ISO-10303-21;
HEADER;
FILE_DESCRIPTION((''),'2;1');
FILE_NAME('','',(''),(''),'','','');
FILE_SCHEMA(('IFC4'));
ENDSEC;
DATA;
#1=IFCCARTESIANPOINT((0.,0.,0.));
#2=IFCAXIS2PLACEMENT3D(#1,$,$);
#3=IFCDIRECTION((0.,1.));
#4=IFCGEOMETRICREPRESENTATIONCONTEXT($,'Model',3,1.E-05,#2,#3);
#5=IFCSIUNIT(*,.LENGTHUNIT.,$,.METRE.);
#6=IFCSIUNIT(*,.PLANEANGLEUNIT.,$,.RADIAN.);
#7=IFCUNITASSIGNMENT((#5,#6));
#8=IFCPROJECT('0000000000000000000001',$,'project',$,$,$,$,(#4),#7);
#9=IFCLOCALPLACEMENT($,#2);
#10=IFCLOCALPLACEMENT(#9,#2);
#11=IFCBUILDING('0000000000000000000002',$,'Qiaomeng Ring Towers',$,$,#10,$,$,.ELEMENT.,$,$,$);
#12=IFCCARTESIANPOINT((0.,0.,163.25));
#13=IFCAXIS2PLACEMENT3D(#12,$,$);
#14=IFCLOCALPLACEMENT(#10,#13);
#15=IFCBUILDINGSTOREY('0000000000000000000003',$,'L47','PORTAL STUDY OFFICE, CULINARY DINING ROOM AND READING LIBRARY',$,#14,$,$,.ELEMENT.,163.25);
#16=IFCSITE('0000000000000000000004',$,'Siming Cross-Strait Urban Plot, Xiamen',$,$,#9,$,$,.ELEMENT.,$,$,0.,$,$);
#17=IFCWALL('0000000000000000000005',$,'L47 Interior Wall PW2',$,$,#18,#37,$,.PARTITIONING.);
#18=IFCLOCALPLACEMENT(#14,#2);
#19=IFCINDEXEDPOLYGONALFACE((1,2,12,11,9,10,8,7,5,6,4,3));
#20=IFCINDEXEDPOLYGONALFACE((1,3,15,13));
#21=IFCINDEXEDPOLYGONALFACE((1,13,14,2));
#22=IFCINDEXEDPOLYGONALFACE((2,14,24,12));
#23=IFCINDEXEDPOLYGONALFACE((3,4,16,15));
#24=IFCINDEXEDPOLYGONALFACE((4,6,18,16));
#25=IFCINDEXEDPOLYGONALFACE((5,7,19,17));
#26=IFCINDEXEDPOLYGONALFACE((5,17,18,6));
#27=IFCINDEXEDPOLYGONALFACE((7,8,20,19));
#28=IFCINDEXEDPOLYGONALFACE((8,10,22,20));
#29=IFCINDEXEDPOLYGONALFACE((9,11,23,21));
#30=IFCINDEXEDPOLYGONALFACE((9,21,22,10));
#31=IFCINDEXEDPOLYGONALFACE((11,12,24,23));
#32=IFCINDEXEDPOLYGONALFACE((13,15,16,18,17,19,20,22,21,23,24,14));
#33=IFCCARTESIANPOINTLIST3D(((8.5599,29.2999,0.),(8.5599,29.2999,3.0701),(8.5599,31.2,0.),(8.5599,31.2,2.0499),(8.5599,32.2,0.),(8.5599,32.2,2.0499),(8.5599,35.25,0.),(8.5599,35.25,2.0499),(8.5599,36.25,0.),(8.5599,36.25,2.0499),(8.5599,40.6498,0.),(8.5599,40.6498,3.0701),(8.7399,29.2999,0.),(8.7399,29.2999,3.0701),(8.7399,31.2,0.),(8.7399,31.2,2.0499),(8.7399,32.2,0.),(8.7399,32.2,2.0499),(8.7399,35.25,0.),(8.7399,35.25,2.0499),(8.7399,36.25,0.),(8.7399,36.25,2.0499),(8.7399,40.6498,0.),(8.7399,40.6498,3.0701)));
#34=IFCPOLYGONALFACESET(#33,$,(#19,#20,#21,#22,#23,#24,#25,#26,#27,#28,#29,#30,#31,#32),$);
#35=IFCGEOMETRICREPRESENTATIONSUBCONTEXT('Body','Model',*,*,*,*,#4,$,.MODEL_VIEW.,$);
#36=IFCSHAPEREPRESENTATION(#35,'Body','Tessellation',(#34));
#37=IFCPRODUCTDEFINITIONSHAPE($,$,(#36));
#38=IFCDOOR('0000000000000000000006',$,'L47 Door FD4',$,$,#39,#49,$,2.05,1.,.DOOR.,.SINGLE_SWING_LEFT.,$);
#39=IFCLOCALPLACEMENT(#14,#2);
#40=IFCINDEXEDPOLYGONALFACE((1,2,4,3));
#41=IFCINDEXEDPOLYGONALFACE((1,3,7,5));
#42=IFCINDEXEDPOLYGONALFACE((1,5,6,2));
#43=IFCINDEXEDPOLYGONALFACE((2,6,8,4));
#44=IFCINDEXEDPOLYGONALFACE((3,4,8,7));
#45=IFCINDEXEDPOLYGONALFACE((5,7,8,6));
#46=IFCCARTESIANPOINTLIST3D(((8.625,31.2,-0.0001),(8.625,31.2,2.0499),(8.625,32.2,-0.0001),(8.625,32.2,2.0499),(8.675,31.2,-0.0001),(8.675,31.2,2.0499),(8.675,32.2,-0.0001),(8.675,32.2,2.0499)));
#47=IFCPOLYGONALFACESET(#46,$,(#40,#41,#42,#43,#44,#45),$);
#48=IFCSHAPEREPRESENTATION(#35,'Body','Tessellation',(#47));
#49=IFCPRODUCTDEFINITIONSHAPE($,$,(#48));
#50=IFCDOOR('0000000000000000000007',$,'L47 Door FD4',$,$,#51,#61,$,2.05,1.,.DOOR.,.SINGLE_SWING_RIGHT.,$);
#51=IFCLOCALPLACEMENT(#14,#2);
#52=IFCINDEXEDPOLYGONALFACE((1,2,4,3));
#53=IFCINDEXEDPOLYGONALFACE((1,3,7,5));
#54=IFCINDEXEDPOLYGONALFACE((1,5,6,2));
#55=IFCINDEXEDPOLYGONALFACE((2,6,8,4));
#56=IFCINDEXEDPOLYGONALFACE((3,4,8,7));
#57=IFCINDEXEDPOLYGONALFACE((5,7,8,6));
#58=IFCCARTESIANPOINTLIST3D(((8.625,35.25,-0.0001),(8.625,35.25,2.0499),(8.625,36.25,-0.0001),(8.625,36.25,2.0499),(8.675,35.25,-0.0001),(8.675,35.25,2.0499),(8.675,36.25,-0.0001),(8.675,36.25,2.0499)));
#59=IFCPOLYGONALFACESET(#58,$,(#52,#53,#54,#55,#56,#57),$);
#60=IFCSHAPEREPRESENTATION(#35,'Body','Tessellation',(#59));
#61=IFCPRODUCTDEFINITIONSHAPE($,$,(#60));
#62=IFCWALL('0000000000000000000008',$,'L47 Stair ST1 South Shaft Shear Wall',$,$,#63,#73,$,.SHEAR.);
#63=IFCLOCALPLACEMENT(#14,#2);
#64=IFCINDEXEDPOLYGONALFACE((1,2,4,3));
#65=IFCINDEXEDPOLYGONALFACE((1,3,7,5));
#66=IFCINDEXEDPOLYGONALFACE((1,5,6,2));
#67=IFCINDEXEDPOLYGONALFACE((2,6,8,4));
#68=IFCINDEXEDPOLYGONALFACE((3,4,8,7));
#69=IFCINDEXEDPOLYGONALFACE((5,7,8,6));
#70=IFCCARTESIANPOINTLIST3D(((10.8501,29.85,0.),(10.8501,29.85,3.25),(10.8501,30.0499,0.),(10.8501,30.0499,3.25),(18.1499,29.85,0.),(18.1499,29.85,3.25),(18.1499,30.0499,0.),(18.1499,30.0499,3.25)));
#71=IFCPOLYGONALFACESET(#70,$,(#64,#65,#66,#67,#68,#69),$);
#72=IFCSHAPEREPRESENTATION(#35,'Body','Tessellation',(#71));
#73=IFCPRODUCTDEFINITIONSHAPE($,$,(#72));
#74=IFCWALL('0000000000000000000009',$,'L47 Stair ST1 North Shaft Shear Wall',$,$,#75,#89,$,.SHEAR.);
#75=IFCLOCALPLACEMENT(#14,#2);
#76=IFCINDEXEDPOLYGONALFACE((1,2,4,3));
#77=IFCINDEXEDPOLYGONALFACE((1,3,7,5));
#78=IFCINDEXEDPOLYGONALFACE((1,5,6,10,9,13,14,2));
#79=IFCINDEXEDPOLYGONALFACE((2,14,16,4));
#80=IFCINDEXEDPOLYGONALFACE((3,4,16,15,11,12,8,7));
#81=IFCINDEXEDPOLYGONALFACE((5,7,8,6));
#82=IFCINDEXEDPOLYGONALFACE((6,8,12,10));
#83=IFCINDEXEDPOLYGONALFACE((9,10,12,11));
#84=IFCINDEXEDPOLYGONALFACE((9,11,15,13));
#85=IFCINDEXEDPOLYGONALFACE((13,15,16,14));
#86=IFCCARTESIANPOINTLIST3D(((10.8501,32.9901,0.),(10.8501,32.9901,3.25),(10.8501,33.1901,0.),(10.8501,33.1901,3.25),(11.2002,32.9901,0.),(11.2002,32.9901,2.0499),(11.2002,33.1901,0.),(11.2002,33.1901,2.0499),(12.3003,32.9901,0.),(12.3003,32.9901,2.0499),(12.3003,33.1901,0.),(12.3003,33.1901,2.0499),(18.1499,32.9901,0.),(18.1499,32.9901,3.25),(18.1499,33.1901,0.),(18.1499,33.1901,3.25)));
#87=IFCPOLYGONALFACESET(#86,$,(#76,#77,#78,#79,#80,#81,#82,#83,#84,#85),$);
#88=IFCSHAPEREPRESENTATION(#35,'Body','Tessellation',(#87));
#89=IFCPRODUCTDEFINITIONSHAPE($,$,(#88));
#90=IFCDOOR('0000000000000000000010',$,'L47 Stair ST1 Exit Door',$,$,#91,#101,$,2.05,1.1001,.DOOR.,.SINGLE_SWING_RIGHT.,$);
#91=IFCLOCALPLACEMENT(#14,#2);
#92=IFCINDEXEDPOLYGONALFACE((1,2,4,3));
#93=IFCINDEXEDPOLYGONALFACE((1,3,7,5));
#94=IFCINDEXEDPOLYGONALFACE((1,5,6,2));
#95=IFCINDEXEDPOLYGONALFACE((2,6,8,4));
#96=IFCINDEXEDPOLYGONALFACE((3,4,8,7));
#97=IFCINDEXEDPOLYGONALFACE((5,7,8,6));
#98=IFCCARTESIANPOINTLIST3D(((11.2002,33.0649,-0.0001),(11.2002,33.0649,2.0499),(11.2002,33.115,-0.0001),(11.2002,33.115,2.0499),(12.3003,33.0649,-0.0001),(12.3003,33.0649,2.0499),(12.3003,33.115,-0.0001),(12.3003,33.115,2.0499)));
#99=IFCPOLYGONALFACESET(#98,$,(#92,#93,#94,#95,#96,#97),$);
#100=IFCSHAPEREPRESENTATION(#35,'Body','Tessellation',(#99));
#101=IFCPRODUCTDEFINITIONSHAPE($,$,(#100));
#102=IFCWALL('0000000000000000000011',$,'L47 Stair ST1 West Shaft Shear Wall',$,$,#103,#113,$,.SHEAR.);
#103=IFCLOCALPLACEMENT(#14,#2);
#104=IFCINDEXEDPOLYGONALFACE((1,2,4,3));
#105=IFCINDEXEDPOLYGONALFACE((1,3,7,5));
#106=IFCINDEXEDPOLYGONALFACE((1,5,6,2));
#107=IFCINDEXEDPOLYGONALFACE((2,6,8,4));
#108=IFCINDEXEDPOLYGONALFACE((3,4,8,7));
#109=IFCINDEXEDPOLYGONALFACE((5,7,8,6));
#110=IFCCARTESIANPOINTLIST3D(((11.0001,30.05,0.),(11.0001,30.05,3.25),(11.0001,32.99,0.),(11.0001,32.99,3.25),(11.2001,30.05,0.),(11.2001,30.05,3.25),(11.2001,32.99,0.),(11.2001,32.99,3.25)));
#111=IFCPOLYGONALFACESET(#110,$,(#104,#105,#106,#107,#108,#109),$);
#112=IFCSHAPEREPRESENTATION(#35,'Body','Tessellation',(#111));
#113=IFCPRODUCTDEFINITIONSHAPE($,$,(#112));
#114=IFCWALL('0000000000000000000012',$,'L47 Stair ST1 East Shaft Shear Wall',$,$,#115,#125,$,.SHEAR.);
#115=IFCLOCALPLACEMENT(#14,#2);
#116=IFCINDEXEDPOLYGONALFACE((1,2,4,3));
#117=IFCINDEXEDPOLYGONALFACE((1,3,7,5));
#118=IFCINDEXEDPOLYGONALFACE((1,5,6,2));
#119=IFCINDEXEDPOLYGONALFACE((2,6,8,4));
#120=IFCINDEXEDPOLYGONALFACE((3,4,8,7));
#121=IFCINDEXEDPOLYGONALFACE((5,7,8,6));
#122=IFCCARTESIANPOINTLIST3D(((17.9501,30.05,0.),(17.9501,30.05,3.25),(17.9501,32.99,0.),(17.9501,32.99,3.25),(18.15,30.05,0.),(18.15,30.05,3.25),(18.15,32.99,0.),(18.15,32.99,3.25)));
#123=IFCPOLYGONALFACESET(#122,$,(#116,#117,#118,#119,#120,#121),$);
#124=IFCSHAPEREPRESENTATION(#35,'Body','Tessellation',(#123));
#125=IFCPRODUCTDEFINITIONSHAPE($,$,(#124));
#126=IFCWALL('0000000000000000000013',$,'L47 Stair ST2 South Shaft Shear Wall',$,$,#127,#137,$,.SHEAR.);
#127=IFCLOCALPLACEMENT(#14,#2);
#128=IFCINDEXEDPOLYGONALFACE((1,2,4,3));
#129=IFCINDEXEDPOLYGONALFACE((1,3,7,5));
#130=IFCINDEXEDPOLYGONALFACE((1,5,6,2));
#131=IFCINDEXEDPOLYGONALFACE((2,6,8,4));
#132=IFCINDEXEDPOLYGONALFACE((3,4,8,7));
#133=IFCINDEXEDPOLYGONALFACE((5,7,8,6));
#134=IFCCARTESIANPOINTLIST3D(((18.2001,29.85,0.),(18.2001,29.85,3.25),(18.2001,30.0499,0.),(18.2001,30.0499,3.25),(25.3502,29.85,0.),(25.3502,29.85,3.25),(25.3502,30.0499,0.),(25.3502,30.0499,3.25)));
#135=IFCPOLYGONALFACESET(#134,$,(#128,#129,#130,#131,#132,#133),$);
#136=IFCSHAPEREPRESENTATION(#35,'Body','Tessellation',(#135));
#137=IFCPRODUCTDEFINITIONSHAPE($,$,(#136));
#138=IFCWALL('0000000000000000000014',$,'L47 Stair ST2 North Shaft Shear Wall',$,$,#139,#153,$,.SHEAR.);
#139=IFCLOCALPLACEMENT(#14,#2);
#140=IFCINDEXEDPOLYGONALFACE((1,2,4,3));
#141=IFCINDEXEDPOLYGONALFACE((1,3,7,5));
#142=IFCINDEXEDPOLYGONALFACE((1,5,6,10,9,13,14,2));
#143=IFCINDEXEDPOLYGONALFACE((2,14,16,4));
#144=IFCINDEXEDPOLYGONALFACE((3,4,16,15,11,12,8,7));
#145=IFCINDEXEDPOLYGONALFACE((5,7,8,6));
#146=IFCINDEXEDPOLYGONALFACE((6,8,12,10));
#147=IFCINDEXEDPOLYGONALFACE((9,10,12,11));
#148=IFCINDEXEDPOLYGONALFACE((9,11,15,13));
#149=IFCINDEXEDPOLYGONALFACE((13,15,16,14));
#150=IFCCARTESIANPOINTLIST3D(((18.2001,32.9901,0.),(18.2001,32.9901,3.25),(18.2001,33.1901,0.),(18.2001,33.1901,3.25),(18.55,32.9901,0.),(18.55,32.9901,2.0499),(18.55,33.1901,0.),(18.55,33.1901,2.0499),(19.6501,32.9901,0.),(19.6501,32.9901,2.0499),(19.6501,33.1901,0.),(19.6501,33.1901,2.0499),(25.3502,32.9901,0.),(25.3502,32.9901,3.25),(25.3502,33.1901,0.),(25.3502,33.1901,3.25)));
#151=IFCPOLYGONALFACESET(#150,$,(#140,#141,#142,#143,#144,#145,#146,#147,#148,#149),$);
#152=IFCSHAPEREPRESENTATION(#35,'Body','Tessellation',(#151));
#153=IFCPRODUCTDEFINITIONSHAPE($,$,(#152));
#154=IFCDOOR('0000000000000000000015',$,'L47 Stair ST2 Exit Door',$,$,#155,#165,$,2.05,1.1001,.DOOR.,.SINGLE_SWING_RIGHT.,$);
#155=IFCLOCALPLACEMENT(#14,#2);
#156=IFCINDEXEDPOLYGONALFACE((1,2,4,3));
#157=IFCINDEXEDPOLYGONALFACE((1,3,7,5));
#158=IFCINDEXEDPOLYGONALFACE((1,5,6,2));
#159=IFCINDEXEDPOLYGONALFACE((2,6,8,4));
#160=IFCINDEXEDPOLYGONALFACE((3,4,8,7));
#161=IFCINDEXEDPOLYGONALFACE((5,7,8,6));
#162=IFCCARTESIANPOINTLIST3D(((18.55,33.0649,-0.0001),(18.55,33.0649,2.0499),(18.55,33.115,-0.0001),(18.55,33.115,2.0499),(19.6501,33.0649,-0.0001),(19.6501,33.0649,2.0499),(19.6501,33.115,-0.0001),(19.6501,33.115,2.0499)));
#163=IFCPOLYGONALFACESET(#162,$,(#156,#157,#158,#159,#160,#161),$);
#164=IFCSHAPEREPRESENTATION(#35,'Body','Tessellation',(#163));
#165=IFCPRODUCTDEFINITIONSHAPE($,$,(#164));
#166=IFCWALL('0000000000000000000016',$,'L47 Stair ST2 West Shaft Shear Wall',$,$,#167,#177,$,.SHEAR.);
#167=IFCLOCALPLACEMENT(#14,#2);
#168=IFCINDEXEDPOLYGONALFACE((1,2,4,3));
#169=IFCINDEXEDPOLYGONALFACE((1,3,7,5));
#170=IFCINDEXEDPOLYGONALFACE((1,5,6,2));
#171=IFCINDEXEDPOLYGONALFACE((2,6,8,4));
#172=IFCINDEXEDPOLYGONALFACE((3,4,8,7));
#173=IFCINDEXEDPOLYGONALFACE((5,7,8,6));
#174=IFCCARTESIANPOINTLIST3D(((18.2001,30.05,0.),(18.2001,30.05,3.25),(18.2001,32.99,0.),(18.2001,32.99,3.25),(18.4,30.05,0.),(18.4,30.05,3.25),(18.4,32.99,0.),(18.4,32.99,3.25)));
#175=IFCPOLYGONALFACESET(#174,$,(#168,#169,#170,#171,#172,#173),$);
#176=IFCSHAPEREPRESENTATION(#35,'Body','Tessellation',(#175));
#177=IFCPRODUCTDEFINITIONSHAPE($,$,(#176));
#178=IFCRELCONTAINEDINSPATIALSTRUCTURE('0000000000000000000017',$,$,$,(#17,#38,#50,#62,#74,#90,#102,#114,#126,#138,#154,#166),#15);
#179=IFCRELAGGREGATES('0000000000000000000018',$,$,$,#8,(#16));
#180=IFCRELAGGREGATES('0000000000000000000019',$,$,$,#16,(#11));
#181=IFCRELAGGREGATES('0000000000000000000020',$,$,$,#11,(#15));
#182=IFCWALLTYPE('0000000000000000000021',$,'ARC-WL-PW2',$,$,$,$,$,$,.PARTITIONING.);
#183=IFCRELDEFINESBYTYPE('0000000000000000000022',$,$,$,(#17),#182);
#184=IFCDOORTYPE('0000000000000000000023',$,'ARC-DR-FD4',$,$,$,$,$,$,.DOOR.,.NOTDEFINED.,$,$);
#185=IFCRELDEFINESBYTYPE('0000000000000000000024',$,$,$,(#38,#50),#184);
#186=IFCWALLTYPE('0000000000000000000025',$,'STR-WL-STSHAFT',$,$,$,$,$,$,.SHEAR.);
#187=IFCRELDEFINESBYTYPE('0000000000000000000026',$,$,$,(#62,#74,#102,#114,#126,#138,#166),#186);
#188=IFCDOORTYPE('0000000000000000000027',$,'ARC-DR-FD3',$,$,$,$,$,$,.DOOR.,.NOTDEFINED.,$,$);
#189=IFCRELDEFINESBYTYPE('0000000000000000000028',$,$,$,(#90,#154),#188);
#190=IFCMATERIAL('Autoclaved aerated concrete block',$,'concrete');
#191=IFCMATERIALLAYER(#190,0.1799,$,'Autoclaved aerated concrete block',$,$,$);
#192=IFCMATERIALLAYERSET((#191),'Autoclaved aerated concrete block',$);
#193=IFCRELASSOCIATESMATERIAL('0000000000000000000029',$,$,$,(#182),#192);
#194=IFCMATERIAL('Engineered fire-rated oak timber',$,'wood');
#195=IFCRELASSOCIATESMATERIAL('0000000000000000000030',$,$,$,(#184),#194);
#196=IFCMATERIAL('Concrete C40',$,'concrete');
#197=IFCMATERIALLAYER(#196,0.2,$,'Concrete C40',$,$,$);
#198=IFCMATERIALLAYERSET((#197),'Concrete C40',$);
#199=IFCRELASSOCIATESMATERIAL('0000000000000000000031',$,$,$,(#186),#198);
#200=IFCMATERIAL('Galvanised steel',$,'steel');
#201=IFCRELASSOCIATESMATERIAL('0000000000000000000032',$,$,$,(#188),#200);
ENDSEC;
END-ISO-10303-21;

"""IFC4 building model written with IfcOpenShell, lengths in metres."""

from ifc_helpers import new_model, si_unit, direction, frame, frame_2d, origin, place, context, subcontext, project, spatial, rectangle, extrude, source, transform, mapped, material, layer, layer_set, type_object, element, fill, save


model = new_model("IFC4")

# Units and contexts
model_context = context("Model", 3, precision=1e-05, world=origin(), true_north=direction((0.0, 1.0)))
body_context = subcontext(model_context, "Body", "Model", "MODEL_VIEW")
ifc_project = project(units=[si_unit("LENGTHUNIT", "METRE"), si_unit("PLANEANGLEUNIT", "RADIAN")], contexts=[model_context])

# Site, building, storey
site_placement = place(None, origin())
site = spatial("IfcSite", under=ifc_project, at=site_placement, Name="Siming Cross-Strait Urban Plot, Xiamen", CompositionType="ELEMENT", RefElevation=0.0)
building_placement = place(site_placement, origin())
building = spatial("IfcBuilding", under=site, at=building_placement, Name="Qiaomeng Ring Towers", CompositionType="ELEMENT")
storey_placement = place(building_placement, frame((0.0, 0.0, 163.25)))
storey = spatial("IfcBuildingStorey", under=building, at=storey_placement, Name="L47", Description="PORTAL STUDY OFFICE, CULINARY DINING ROOM AND READING LIBRARY", CompositionType="ELEMENT", Elevation=163.25)

# Shared definitions
ifc_material_1 = material(Name="Autoclaved aerated concrete block", Category="concrete")

# Wall, openings, doors
ifc_layer_1 = layer(ifc_material_1, 0.1799, Name="Autoclaved aerated concrete block")
ifc_layer_set_1 = layer_set([ifc_layer_1], Name="Autoclaved aerated concrete block")
wall_type_1 = type_object("IfcWallType", Name="ARC-WL-PW2", PredefinedType="PARTITIONING", material=ifc_layer_set_1)
wall_1_placement = place(storey_placement, frame((8.6499, 29.3, 0.0), z_axis=(0.0, 0.0, 1.0), x_axis=(0.0, 1.0, 0.0)))
wall_1 = element("IfcWall", 1, at=wall_1_placement, inside=storey, type_object=wall_type_1, Name="L47 Interior Wall PW2", PredefinedType="PARTITIONING", context=body_context, shape_type="SweptSolid", body=[
    extrude(rectangle(XDim=11.3499, YDim=0.1799, at=frame_2d((5.6748, 0.0))), origin(), (0.0, 0.0, 1.0), 3.0701),
])
opening_1_placement = place(wall_1_placement, frame((1.8999, 0.0, 0.0)))
opening_1 = element("IfcOpeningElement", 2, at=opening_1_placement, cuts=wall_1, PredefinedType="OPENING", context=body_context, shape_type="SweptSolid", body=[
    extrude(rectangle(XDim=1.0, YDim=2.05, at=frame_2d((0.5, 1.0249))), frame((0.0, 0.0999, 0.0), z_axis=(0.0, -1.0, 0.0), x_axis=(1.0, 0.0, 0.0)), (0.0, 0.0, 1.0), 0.2),
])
opening_2_placement = place(wall_1_placement, frame((5.95, 0.0, 0.0)))
opening_2 = element("IfcOpeningElement", 3, at=opening_2_placement, cuts=wall_1, PredefinedType="OPENING", context=body_context, shape_type="SweptSolid", body=[
    extrude(rectangle(XDim=1.0, YDim=2.05, at=frame_2d((0.5, 1.0249))), frame((0.0, 0.0999, 0.0), z_axis=(0.0, -1.0, 0.0), x_axis=(1.0, 0.0, 0.0)), (0.0, 0.0, 1.0), 0.2),
])
ifc_material_2 = material(Name="Engineered fire-rated oak timber", Category="wood")
door_type_1 = type_object("IfcDoorType", Name="ARC-DR-FD4", OperationType="NOTDEFINED", PredefinedType="DOOR", material=ifc_material_2)
shared_shape_1 = source(origin(), body_context, "Body", "SweptSolid", [
    extrude(rectangle(XDim=1.0, YDim=2.05, at=frame_2d((0.5, 1.0249))), frame((0.0, 0.0249, 0.0), z_axis=(0.0, -1.0, 0.0), x_axis=(1.0, 0.0, 0.0)), (0.0, 0.0, 1.0), 0.05),
])
door_1_placement = place(opening_1_placement, origin())
door_1 = element("IfcDoor", 4, at=door_1_placement, inside=storey, type_object=door_type_1, Name="L47 Door FD4", OperationType="SINGLE_SWING_LEFT", OverallHeight=2.05, OverallWidth=1.0, PredefinedType="DOOR", context=body_context, shape_type="MappedRepresentation", body=[
    mapped(shared_shape_1, transform((0.0, 0.0, 0.0), x_axis=(1.0, 0.0, 0.0), y_axis=(0.0, 1.0, 0.0), z_axis=(0.0, 0.0, 1.0), scale=1.0)),
])
fill(opening_1, door_1)
door_2_placement = place(opening_2_placement, origin())
door_2 = element("IfcDoor", 5, at=door_2_placement, inside=storey, type_object=door_type_1, Name="L47 Door FD4", OperationType="SINGLE_SWING_RIGHT", OverallHeight=2.05, OverallWidth=1.0, PredefinedType="DOOR", context=body_context, shape_type="MappedRepresentation", body=[
    mapped(shared_shape_1, transform((0.0, 0.0, 0.0), x_axis=(1.0, 0.0, 0.0), y_axis=(0.0, 1.0, 0.0), z_axis=(0.0, 0.0, 1.0), scale=1.0)),
])
fill(opening_2, door_2)

# Wall
ifc_material_3 = material(Name="Concrete C40", Category="concrete")
ifc_layer_2 = layer(ifc_material_3, 0.2, Name="Concrete C40")
ifc_layer_set_2 = layer_set([ifc_layer_2], Name="Concrete C40")
wall_type_2 = type_object("IfcWallType", Name="STR-WL-STSHAFT", PredefinedType="SHEAR", material=ifc_layer_set_2)
wall_2_placement = place(storey_placement, frame((10.8501, 29.95, 0.0), z_axis=(0.0, 0.0, 1.0), x_axis=(1.0, 0.0, 0.0)))
element("IfcWall", 6, at=wall_2_placement, inside=storey, type_object=wall_type_2, Name="L47 Stair ST1 South Shaft Shear Wall", PredefinedType="SHEAR", context=body_context, shape_type="SweptSolid", body=[
    extrude(rectangle(XDim=7.2998, YDim=0.2, at=frame_2d((3.6499, 0.0))), origin(), (0.0, 0.0, 1.0), 3.25),
])

# Wall, opening, door
wall_3_placement = place(storey_placement, frame((10.8501, 33.0901, 0.0), z_axis=(0.0, 0.0, 1.0), x_axis=(1.0, 0.0, 0.0)))
wall_3 = element("IfcWall", 7, at=wall_3_placement, inside=storey, type_object=wall_type_2, Name="L47 Stair ST1 North Shaft Shear Wall", PredefinedType="SHEAR", context=body_context, shape_type="SweptSolid", body=[
    extrude(rectangle(XDim=7.2998, YDim=0.2, at=frame_2d((3.6499, 0.0))), origin(), (0.0, 0.0, 1.0), 3.25),
])
opening_3_placement = place(wall_3_placement, frame((0.3501, 0.0, 0.0)))
opening_3 = element("IfcOpeningElement", 8, at=opening_3_placement, cuts=wall_3, PredefinedType="OPENING", context=body_context, shape_type="SweptSolid", body=[
    extrude(rectangle(XDim=1.1001, YDim=2.05, at=frame_2d((0.55, 1.0249))), frame((0.0, 0.1099, 0.0), z_axis=(0.0, -1.0, 0.0), x_axis=(1.0, 0.0, 0.0)), (0.0, 0.0, 1.0), 0.22),
])
ifc_material_4 = material(Name="Galvanised steel", Category="steel")
door_type_2 = type_object("IfcDoorType", Name="ARC-DR-FD3", OperationType="NOTDEFINED", PredefinedType="DOOR", material=ifc_material_4)
shared_shape_2 = source(origin(), body_context, "Body", "SweptSolid", [
    extrude(rectangle(XDim=1.1001, YDim=2.05, at=frame_2d((0.55, 1.0249))), frame((0.0, 0.0249, 0.0), z_axis=(0.0, -1.0, 0.0), x_axis=(1.0, 0.0, 0.0)), (0.0, 0.0, 1.0), 0.05),
])
door_3_placement = place(opening_3_placement, origin())
door_3 = element("IfcDoor", 9, at=door_3_placement, inside=storey, type_object=door_type_2, Name="L47 Stair ST1 Exit Door", OperationType="SINGLE_SWING_RIGHT", OverallHeight=2.05, OverallWidth=1.1001, PredefinedType="DOOR", context=body_context, shape_type="MappedRepresentation", body=[
    mapped(shared_shape_2, transform((0.0, 0.0, 0.0), x_axis=(1.0, 0.0, 0.0), y_axis=(0.0, 1.0, 0.0), z_axis=(0.0, 0.0, 1.0), scale=1.0)),
])
fill(opening_3, door_3)

# Walls
for number, where, z_axis, x_axis, name in (
    (10, (11.1001, 30.05, 0.0), (0.0, 0.0, 1.0), (0.0, 1.0, 0.0), "L47 Stair ST1 West Shaft Shear Wall"),
    (11, (18.05, 30.05, 0.0), (0.0, 0.0, 1.0), (0.0, 1.0, 0.0), "L47 Stair ST1 East Shaft Shear Wall"),
):
    element("IfcWall", number, at=place(storey_placement, frame(where, z_axis=z_axis, x_axis=x_axis)), inside=storey, type_object=wall_type_2, Name=name, PredefinedType="SHEAR", context=body_context, shape_type="SweptSolid", body=[
        extrude(rectangle(XDim=2.9399, YDim=0.2, at=frame_2d((1.47, 0.0))), origin(), (0.0, 0.0, 1.0), 3.25),
    ])
wall_4_placement = place(storey_placement, frame((18.2, 29.95, 0.0), z_axis=(0.0, 0.0, 1.0), x_axis=(1.0, 0.0, 0.0)))
element("IfcWall", 12, at=wall_4_placement, inside=storey, type_object=wall_type_2, Name="L47 Stair ST2 South Shaft Shear Wall", PredefinedType="SHEAR", context=body_context, shape_type="SweptSolid", body=[
    extrude(rectangle(XDim=7.1501, YDim=0.2, at=frame_2d((3.5752, 0.0))), origin(), (0.0, 0.0, 1.0), 3.25),
])

# Wall, opening, door
wall_5_placement = place(storey_placement, frame((18.2, 33.0901, 0.0), z_axis=(0.0, 0.0, 1.0), x_axis=(1.0, 0.0, 0.0)))
wall_5 = element("IfcWall", 13, at=wall_5_placement, inside=storey, type_object=wall_type_2, Name="L47 Stair ST2 North Shaft Shear Wall", PredefinedType="SHEAR", context=body_context, shape_type="SweptSolid", body=[
    extrude(rectangle(XDim=7.1501, YDim=0.2, at=frame_2d((3.5752, 0.0))), origin(), (0.0, 0.0, 1.0), 3.25),
])
opening_4_placement = place(wall_5_placement, frame((0.3501, 0.0, 0.0)))
opening_4 = element("IfcOpeningElement", 14, at=opening_4_placement, cuts=wall_5, PredefinedType="OPENING", context=body_context, shape_type="SweptSolid", body=[
    extrude(rectangle(XDim=1.1001, YDim=2.05, at=frame_2d((0.55, 1.0249))), frame((0.0, 0.1099, 0.0), z_axis=(0.0, -1.0, 0.0), x_axis=(1.0, 0.0, 0.0)), (0.0, 0.0, 1.0), 0.22),
])
door_4_placement = place(opening_4_placement, origin())
door_4 = element("IfcDoor", 15, at=door_4_placement, inside=storey, type_object=door_type_2, Name="L47 Stair ST2 Exit Door", OperationType="SINGLE_SWING_RIGHT", OverallHeight=2.05, OverallWidth=1.1001, PredefinedType="DOOR", context=body_context, shape_type="MappedRepresentation", body=[
    mapped(shared_shape_2, transform((0.0, 0.0, 0.0), x_axis=(1.0, 0.0, 0.0), y_axis=(0.0, 1.0, 0.0), z_axis=(0.0, 0.0, 1.0), scale=1.0)),
])
fill(opening_4, door_4)

# Wall
wall_6_placement = place(storey_placement, frame((18.3, 30.05, 0.0), z_axis=(0.0, 0.0, 1.0), x_axis=(0.0, 1.0, 0.0)))
element("IfcWall", 16, at=wall_6_placement, inside=storey, type_object=wall_type_2, Name="L47 Stair ST2 West Shaft Shear Wall", PredefinedType="SHEAR", context=body_context, shape_type="SweptSolid", body=[
    extrude(rectangle(XDim=2.9399, YDim=0.2, at=frame_2d((1.47, 0.0))), origin(), (0.0, 0.0, 1.0), 3.25),
])

save(model, "model.ifc")
